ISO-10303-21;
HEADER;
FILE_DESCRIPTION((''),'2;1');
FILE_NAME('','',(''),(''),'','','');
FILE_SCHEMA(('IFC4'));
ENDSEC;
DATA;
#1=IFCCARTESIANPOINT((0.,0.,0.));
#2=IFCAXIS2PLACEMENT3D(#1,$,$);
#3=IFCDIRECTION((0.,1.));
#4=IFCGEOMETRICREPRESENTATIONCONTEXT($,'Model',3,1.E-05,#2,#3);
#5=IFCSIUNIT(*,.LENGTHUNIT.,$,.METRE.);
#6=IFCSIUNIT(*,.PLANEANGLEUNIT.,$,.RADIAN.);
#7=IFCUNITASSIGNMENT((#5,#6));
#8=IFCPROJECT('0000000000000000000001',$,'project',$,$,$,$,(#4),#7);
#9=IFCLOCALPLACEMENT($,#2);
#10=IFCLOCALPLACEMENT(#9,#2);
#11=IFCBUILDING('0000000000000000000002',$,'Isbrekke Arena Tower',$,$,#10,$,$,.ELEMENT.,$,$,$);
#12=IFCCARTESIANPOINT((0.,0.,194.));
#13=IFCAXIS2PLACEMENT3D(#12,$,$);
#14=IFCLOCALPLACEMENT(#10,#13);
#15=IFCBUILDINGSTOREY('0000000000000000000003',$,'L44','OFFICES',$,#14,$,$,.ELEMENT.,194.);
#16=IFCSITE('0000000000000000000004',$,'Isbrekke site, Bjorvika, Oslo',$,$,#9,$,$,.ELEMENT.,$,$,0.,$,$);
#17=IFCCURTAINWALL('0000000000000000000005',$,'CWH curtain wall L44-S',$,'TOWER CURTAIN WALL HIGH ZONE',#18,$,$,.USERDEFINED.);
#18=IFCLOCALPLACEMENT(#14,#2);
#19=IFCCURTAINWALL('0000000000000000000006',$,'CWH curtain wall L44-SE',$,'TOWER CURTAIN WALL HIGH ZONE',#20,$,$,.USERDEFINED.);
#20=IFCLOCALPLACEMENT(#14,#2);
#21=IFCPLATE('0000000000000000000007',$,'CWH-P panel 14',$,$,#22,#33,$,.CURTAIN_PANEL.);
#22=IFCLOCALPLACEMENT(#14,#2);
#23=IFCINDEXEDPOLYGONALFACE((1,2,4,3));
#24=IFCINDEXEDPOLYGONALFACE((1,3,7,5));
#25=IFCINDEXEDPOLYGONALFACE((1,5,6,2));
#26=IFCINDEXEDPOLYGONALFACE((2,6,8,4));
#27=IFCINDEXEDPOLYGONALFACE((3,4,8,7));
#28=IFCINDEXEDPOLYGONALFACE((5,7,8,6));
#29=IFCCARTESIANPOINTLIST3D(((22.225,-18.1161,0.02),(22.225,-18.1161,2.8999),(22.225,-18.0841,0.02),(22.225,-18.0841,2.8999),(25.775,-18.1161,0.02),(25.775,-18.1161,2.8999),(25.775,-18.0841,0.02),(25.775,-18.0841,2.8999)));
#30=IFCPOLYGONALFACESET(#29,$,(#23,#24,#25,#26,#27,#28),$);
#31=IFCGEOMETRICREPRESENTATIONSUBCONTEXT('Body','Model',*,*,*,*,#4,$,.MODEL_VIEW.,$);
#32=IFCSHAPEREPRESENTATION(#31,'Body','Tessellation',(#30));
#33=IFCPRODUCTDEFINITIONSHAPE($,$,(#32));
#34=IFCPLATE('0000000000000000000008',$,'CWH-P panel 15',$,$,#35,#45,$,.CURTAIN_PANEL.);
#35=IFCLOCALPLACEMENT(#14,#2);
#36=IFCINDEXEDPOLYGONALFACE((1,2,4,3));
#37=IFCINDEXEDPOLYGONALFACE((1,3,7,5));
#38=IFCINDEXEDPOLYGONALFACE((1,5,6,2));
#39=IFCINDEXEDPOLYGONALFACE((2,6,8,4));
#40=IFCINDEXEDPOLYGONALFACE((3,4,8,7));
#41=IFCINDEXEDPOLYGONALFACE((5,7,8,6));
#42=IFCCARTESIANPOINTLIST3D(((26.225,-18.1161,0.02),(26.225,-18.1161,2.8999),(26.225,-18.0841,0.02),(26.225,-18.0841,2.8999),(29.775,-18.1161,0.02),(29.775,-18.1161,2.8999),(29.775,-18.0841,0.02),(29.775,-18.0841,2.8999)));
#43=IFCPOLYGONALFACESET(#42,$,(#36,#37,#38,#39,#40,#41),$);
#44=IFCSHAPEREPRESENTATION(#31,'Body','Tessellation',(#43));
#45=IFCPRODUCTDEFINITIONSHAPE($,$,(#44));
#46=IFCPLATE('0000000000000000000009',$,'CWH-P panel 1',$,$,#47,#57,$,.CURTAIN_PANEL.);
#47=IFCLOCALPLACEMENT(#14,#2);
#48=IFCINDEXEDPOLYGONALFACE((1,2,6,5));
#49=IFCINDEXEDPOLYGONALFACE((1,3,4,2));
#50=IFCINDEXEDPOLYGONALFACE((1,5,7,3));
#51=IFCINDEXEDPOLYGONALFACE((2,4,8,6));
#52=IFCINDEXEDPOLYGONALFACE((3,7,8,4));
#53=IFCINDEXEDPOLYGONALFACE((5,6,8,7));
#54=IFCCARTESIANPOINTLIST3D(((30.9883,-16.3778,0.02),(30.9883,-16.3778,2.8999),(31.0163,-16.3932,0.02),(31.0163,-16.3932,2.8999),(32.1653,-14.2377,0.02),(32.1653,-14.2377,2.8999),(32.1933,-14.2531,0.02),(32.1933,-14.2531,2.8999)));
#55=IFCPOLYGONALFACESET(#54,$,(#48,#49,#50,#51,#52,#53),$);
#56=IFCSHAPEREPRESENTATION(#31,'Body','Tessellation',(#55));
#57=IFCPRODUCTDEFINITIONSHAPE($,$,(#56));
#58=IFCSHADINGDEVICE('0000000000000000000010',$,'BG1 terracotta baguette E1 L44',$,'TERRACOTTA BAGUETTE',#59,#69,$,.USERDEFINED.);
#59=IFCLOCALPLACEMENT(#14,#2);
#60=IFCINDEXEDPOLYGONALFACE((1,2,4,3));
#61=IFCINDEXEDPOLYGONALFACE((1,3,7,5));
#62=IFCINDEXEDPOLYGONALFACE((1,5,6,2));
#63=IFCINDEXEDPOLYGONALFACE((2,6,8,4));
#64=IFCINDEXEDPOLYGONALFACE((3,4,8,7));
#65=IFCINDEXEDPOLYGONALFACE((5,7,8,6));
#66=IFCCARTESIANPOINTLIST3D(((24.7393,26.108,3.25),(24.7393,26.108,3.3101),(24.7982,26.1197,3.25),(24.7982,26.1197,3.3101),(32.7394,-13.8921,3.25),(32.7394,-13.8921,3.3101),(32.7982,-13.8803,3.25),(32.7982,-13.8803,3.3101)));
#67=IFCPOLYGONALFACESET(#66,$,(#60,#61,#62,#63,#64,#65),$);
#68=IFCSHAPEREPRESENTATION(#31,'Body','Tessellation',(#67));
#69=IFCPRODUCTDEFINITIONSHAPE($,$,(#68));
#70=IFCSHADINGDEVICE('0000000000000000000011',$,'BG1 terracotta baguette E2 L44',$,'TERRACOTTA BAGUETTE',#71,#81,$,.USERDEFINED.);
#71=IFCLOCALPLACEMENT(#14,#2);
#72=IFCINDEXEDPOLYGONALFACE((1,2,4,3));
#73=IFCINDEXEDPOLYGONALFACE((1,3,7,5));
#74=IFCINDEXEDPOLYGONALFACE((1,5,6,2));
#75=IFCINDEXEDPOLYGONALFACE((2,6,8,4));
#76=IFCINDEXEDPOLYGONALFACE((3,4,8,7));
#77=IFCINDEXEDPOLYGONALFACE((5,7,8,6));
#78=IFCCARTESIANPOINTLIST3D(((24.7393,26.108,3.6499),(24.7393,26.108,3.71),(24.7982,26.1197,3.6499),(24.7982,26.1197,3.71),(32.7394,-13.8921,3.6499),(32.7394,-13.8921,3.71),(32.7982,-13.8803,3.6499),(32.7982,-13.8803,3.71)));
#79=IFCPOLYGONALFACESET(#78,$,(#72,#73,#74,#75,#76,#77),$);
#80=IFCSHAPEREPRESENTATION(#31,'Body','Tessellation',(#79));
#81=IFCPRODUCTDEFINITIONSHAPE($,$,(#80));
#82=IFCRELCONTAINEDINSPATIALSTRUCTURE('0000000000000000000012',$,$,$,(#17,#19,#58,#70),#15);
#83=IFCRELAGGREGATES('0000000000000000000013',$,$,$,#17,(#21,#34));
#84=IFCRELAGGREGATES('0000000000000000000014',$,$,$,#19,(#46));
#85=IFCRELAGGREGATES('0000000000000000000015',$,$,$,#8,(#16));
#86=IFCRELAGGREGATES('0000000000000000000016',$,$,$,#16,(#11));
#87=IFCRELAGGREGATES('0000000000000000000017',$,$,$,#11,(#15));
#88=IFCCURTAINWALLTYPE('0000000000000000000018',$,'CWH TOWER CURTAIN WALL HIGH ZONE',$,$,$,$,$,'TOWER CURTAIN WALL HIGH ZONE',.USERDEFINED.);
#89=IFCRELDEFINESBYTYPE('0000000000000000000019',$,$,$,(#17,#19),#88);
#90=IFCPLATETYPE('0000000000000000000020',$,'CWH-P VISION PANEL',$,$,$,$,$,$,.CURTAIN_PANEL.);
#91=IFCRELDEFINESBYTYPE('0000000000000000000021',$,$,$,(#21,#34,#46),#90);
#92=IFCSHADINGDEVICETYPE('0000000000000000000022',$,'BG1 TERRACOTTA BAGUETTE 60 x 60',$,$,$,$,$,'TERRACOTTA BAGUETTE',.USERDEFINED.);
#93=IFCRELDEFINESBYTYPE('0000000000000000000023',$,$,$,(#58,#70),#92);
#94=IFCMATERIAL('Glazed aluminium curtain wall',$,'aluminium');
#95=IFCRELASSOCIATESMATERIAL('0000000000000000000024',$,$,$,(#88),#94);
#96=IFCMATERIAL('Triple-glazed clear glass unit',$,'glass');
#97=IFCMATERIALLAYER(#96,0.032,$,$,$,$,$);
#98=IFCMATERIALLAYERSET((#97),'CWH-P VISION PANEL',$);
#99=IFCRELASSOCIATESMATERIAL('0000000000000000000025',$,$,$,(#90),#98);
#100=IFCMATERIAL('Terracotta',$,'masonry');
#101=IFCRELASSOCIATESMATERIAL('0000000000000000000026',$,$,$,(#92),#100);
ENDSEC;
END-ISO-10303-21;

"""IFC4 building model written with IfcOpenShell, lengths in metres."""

from ifc_helpers import new_model, si_unit, direction, frame, origin, origin_2d, place, context, subcontext, project, spatial, rectangle, extrude, material, layer, layer_set, material_profile, profile_set, type_object, element, aggregate, save


model = new_model("IFC4")

# Units and contexts
model_context = context("Model", 3, precision=1e-05, world=origin(), true_north=direction((0.0, 1.0)))
body_context = subcontext(model_context, "Body", "Model", "MODEL_VIEW")
ifc_project = project(units=[si_unit("LENGTHUNIT", "METRE"), si_unit("PLANEANGLEUNIT", "RADIAN")], contexts=[model_context])

# Site, building, storey
site_placement = place(None, origin())
site = spatial("IfcSite", under=ifc_project, at=site_placement, Name="Isbrekke site, Bjorvika, Oslo", CompositionType="ELEMENT", RefElevation=0.0)
building_placement = place(site_placement, origin())
building = spatial("IfcBuilding", under=site, at=building_placement, Name="Isbrekke Arena Tower", CompositionType="ELEMENT")
storey_placement = place(building_placement, frame((0.0, 0.0, 194.0)))
storey = spatial("IfcBuildingStorey", under=building, at=storey_placement, Name="L44", Description="OFFICES", CompositionType="ELEMENT", Elevation=194.0)

# Curtain walls
ifc_material_1 = material(Name="Glazed aluminium curtain wall", Category="aluminium")
curtain_wall_type = type_object("IfcCurtainWallType", Name="CWH TOWER CURTAIN WALL HIGH ZONE", ElementType="TOWER CURTAIN WALL HIGH ZONE", PredefinedType="USERDEFINED", material=ifc_material_1)
curtain_wall_1_placement = place(storey_placement, origin())
curtain_wall_1 = element("IfcCurtainWall", 1, at=curtain_wall_1_placement, inside=storey, type_object=curtain_wall_type, Name="CWH curtain wall L44-S", ObjectType="TOWER CURTAIN WALL HIGH ZONE", PredefinedType="USERDEFINED")
curtain_wall_2_placement = place(storey_placement, origin())
curtain_wall_2 = element("IfcCurtainWall", 2, at=curtain_wall_2_placement, inside=storey, type_object=curtain_wall_type, Name="CWH curtain wall L44-SE", ObjectType="TOWER CURTAIN WALL HIGH ZONE", PredefinedType="USERDEFINED")

# Plates
ifc_material_2 = material(Name="Triple-glazed clear glass unit", Category="glass")
ifc_layer = layer(ifc_material_2, 0.032)
ifc_layer_set = layer_set([ifc_layer], Name="CWH-P VISION PANEL")
plate_type = type_object("IfcPlateType", Name="CWH-P VISION PANEL", PredefinedType="CURTAIN_PANEL", material=ifc_layer_set)
plate_1_placement = place(storey_placement, frame((24.0, -18.1001, 0.02), z_axis=(0.0, 0.0, 1.0), x_axis=(1.0, 0.0, 0.0)))
plate_1 = element("IfcPlate", 3, at=plate_1_placement, type_object=plate_type, Name="CWH-P panel 14", PredefinedType="CURTAIN_PANEL", context=body_context, shape_type="SweptSolid", body=[
    extrude(rectangle(XDim=3.55, YDim=0.032, at=origin_2d()), origin(), (0.0, 0.0, 1.0), 2.8799),
])
plate_2_placement = place(storey_placement, frame((28.0, -18.1001, 0.02), z_axis=(0.0, 0.0, 1.0), x_axis=(1.0, 0.0, 0.0)))
plate_2 = element("IfcPlate", 4, at=plate_2_placement, type_object=plate_type, Name="CWH-P panel 15", PredefinedType="CURTAIN_PANEL", context=body_context, shape_type="SweptSolid", body=[
    extrude(rectangle(XDim=3.55, YDim=0.032, at=origin_2d()), origin(), (0.0, 0.0, 1.0), 2.8799),
])
aggregate(curtain_wall_1, [plate_1, plate_2])
plate_3_placement = place(storey_placement, frame((31.5908, -15.3154, 0.02), z_axis=(0.0, 0.0, 1.0), x_axis=(0.481919, 0.876216, 0.0)))
plate_3 = element("IfcPlate", 5, at=plate_3_placement, type_object=plate_type, Name="CWH-P panel 1", PredefinedType="CURTAIN_PANEL", context=body_context, shape_type="SweptSolid", body=[
    extrude(rectangle(XDim=2.4424, YDim=0.032, at=origin_2d()), origin(), (0.0, 0.0, 1.0), 2.8799),
])
aggregate(curtain_wall_2, [plate_3])

# Shading devices
ifc_material_3 = material(Name="Terracotta", Category="masonry")
ifc_material_profile_1 = material_profile(ifc_material_3, rectangle(XDim=0.0601, YDim=0.0601, at=origin_2d()), Name="BAGUETTE 60X60")
ifc_profile_set_1 = profile_set([ifc_material_profile_1], Name="Terracotta")
shading_device_type = type_object("IfcShadingDeviceType", Name="BG1 TERRACOTTA BAGUETTE 60 x 60", ElementType="TERRACOTTA BAGUETTE", PredefinedType="USERDEFINED", material=ifc_profile_set_1)
for number, where, z_axis, x_axis, name in (
    (6, (32.7688, -13.8862, 3.28), (-0.196116, 0.980581, 0.0), (-0.980581, -0.196116, 0.0), "BG1 terracotta baguette E1 L44"),
    (7, (32.7688, -13.8862, 3.6799), (-0.196116, 0.980581, 0.0), (-0.980581, -0.196116, 0.0), "BG1 terracotta baguette E2 L44"),
):
    element("IfcShadingDevice", number, at=place(storey_placement, frame(where, z_axis=z_axis, x_axis=x_axis)), inside=storey, type_object=shading_device_type, Name=name, ObjectType="TERRACOTTA BAGUETTE", PredefinedType="USERDEFINED", context=body_context, shape_type="SweptSolid", body=[
        extrude(rectangle(XDim=0.0601, YDim=0.0601, at=origin_2d()), origin(), (0.0, 0.0, 1.0), 40.7922),
    ])

save(model, "model.ifc")
